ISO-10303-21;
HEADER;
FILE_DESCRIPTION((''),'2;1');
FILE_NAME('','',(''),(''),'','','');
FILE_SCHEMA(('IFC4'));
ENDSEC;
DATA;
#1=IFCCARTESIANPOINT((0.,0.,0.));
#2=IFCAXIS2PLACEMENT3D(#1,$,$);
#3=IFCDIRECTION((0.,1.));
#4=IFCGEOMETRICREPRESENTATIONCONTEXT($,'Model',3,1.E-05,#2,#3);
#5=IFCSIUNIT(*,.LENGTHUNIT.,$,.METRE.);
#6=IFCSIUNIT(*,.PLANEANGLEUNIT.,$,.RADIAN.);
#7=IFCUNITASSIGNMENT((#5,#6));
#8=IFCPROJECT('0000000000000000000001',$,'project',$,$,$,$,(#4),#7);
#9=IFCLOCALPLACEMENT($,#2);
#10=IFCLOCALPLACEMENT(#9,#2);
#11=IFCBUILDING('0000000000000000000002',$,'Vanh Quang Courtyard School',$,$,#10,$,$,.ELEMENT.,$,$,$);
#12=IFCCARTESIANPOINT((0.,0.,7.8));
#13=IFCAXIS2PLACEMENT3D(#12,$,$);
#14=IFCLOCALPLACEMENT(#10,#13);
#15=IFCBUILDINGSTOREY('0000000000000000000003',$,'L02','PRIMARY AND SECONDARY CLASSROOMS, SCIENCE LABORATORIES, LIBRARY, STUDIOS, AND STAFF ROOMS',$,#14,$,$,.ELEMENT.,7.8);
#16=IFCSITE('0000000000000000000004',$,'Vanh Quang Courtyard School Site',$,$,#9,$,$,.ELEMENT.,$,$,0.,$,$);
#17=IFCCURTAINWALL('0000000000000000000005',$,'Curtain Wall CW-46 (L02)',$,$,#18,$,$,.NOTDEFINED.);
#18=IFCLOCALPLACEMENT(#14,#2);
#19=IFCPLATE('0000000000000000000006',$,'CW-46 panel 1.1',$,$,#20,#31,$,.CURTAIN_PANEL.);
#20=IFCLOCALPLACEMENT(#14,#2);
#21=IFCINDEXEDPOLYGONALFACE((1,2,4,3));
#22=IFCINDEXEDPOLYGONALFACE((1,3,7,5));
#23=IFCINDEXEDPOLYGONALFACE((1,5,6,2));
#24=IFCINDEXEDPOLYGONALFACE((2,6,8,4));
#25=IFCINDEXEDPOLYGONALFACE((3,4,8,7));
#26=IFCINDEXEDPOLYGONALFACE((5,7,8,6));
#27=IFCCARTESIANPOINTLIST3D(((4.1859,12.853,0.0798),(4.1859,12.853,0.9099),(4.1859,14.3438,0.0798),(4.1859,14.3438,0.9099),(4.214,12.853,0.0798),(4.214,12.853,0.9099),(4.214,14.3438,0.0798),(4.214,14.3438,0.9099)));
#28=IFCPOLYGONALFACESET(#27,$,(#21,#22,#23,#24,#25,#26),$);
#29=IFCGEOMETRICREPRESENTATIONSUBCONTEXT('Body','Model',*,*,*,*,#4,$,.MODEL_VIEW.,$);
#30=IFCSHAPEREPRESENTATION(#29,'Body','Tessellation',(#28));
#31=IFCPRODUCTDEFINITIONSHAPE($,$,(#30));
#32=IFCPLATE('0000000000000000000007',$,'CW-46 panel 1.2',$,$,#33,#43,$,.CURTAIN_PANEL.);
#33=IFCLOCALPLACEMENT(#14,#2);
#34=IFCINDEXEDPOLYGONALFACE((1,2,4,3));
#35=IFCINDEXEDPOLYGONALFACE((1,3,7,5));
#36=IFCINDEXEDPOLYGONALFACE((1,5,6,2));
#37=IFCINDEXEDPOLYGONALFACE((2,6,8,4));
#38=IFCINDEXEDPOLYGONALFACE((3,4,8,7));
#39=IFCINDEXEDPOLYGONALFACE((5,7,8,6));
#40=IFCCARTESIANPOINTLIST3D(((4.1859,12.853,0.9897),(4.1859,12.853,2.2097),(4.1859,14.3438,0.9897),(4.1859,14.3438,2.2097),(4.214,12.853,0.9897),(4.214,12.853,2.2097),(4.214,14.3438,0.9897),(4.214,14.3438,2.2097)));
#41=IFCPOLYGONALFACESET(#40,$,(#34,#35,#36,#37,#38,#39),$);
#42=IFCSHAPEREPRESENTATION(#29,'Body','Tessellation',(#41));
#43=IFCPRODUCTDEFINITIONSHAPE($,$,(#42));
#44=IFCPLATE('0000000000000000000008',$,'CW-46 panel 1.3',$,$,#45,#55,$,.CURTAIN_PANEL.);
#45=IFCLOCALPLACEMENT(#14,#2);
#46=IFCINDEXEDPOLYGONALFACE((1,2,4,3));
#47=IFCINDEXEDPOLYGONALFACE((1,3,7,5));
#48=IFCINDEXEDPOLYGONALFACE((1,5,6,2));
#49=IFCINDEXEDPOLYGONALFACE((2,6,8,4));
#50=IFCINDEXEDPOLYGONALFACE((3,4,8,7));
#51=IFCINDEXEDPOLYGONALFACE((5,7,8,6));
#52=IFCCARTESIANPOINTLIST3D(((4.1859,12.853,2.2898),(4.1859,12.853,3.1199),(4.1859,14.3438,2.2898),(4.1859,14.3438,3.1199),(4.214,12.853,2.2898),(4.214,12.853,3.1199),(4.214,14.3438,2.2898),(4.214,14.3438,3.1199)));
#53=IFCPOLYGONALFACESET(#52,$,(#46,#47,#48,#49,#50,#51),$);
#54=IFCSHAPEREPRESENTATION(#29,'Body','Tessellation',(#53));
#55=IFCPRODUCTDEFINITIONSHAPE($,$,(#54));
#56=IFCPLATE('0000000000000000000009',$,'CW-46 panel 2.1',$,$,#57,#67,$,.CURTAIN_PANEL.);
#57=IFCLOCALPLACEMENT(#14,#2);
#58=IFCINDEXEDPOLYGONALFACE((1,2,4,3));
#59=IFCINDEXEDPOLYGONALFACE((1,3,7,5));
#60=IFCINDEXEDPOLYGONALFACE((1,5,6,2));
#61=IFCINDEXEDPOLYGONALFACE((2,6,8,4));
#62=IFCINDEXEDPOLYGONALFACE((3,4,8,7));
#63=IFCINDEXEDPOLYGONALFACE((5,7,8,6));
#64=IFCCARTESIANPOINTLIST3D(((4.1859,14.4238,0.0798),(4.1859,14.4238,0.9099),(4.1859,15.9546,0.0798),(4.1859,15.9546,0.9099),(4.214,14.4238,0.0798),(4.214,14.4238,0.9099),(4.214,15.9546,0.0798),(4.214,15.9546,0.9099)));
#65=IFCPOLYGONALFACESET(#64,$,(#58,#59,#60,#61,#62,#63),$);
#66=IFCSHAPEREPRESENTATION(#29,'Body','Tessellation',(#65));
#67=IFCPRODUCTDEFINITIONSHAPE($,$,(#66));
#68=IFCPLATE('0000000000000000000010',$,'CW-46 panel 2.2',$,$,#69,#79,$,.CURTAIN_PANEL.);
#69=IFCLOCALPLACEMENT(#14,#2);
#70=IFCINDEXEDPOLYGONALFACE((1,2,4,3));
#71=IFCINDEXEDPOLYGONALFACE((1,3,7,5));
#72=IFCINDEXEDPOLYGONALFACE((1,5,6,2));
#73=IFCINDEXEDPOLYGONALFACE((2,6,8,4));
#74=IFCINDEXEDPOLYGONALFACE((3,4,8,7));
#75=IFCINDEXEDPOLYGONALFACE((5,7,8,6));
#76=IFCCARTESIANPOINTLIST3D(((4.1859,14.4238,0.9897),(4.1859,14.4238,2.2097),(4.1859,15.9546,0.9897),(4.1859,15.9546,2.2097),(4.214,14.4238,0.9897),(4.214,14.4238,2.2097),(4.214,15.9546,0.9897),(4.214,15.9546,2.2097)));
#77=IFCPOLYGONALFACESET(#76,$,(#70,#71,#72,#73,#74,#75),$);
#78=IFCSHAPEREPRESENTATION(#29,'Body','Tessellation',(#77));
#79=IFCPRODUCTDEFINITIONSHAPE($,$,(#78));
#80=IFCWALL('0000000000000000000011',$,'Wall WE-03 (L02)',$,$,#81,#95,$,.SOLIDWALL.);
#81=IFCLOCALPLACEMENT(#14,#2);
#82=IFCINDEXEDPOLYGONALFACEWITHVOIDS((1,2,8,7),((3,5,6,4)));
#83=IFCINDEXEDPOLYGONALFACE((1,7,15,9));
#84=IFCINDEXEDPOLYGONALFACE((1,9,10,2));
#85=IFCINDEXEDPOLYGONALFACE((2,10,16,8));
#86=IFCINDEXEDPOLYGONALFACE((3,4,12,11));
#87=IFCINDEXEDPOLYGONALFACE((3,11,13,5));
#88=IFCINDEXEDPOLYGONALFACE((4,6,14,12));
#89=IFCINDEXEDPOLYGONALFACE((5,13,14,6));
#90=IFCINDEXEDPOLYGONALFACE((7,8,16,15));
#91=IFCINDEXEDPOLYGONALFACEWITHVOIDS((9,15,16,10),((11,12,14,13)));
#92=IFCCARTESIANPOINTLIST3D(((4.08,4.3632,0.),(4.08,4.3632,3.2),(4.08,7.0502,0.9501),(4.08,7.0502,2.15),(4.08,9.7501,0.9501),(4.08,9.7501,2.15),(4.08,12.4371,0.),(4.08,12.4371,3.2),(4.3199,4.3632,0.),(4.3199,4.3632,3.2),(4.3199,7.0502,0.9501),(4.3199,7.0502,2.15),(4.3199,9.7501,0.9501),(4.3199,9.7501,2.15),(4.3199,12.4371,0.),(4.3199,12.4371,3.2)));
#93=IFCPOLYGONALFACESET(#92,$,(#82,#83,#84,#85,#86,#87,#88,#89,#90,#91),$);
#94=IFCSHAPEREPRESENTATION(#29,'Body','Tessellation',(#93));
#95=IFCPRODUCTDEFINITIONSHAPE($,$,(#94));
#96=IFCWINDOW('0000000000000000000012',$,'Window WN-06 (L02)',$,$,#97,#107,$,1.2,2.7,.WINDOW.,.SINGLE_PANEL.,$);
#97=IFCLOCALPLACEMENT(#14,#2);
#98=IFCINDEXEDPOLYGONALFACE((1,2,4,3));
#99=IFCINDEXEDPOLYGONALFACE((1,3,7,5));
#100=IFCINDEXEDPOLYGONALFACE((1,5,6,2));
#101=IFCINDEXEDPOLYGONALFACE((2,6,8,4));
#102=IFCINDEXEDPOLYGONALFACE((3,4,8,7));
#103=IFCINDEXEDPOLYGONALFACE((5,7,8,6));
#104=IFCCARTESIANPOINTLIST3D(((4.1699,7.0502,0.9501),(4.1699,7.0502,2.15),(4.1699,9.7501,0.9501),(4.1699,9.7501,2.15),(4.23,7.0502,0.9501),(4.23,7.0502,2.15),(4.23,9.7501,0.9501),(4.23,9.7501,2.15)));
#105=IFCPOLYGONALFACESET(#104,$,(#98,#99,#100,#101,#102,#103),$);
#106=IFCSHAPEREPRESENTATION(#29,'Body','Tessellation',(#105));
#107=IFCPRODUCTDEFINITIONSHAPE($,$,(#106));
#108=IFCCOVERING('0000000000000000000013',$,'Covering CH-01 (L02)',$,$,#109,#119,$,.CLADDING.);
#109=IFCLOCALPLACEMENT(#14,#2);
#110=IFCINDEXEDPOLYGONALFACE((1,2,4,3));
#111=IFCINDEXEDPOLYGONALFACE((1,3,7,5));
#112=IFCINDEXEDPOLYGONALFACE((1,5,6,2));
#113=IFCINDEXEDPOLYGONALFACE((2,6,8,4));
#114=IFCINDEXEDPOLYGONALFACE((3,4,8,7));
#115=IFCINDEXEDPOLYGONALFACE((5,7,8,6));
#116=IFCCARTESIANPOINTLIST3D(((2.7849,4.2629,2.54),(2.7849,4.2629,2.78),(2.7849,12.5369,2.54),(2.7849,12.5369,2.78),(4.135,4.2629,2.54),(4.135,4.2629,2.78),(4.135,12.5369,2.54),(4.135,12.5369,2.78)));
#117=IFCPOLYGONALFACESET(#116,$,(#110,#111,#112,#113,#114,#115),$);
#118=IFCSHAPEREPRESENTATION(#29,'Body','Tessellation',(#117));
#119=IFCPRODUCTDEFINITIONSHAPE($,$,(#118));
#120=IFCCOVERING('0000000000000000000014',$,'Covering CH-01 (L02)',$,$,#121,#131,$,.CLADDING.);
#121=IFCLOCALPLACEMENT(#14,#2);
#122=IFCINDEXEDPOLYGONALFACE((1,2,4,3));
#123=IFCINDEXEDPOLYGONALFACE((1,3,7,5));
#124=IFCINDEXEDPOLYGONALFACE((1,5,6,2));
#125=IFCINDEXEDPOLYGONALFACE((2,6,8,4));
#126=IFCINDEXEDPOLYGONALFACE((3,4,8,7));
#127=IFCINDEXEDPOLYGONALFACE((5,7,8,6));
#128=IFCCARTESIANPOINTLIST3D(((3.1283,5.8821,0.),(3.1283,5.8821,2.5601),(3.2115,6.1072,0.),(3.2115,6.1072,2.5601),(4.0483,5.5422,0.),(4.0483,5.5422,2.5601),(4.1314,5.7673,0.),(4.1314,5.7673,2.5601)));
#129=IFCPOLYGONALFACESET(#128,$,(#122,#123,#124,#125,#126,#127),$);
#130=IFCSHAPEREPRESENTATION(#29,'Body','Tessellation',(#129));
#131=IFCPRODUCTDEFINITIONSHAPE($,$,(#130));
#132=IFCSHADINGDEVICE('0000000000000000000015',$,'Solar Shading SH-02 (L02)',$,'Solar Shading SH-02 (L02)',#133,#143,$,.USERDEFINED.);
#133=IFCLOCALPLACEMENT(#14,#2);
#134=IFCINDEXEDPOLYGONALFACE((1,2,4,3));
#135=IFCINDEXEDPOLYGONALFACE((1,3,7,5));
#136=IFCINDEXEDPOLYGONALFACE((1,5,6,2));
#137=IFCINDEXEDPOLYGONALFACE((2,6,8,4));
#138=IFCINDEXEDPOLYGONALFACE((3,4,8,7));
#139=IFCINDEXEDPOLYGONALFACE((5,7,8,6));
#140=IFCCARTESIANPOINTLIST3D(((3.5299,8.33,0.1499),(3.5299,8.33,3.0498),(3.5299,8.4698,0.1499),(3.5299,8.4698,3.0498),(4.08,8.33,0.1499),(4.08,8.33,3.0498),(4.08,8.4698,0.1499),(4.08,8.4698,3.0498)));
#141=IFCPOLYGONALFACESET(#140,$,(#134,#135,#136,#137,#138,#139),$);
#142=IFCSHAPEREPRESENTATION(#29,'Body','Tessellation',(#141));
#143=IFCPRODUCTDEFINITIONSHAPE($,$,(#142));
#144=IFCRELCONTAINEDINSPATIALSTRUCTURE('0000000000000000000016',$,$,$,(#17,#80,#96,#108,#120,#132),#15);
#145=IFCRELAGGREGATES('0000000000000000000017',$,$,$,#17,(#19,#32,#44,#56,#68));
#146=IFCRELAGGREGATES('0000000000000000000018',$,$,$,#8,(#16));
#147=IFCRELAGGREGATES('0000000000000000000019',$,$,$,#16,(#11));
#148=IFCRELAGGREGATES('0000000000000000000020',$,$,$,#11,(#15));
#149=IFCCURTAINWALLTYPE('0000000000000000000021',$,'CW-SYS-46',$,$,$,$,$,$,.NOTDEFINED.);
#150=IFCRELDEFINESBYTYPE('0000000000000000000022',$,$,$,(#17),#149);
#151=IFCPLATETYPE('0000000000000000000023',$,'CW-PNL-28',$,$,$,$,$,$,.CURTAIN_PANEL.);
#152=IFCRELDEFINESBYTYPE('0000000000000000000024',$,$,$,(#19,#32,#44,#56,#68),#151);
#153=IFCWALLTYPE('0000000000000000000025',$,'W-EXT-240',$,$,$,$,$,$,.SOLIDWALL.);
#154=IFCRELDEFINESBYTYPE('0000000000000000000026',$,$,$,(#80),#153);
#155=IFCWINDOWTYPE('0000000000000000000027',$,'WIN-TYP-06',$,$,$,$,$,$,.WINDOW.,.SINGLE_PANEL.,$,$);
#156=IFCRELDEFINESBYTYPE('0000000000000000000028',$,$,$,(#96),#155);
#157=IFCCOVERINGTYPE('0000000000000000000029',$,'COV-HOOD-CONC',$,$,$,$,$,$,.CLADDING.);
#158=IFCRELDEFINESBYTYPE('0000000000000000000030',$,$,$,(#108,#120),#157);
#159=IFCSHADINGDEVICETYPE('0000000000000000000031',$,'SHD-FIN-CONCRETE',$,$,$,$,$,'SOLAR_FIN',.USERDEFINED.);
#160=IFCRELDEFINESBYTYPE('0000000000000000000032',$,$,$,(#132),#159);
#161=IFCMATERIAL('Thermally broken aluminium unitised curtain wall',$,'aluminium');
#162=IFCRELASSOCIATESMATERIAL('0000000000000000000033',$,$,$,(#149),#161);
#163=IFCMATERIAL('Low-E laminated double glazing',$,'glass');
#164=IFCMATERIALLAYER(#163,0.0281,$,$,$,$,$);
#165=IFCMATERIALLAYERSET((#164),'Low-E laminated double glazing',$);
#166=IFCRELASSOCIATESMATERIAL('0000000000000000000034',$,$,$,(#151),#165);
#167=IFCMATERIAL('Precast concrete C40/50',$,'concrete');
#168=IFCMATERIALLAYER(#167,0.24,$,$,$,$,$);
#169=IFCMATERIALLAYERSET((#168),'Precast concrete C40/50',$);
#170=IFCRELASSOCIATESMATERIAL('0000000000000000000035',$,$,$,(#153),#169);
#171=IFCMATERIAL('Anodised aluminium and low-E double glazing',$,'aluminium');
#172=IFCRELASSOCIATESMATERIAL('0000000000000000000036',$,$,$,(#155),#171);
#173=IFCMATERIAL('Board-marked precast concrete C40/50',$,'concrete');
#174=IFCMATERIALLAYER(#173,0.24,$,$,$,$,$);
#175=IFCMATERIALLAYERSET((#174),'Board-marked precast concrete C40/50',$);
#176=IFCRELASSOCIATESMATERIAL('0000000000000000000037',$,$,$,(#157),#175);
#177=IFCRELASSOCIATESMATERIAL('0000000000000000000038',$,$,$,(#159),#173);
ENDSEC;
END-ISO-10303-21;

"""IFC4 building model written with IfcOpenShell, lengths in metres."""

from ifc_helpers import new_model, si_unit, direction, frame, frame_2d, origin, origin_2d, place, context, subcontext, project, spatial, rectangle, extrude, material, layer, layer_set, type_object, element, fill, aggregate, save


model = new_model("IFC4")

# Units and contexts
model_context = context("Model", 3, precision=1e-05, world=origin(), true_north=direction((0.0, 1.0)))
body_context = subcontext(model_context, "Body", "Model", "MODEL_VIEW")
ifc_project = project(units=[si_unit("LENGTHUNIT", "METRE"), si_unit("PLANEANGLEUNIT", "RADIAN")], contexts=[model_context])

# Site, building, storey
site_placement = place(None, origin())
site = spatial("IfcSite", under=ifc_project, at=site_placement, Name="Vanh Quang Courtyard School Site", CompositionType="ELEMENT", RefElevation=0.0)
building_placement = place(site_placement, origin())
building = spatial("IfcBuilding", under=site, at=building_placement, Name="Vanh Quang Courtyard School", CompositionType="ELEMENT")
storey_placement = place(building_placement, frame((0.0, 0.0, 7.8)))
storey = spatial("IfcBuildingStorey", under=building, at=storey_placement, Name="L02", Description="PRIMARY AND SECONDARY CLASSROOMS, SCIENCE LABORATORIES, LIBRARY, STUDIOS, AND STAFF ROOMS", CompositionType="ELEMENT", Elevation=7.8)

# Curtain wall, plates
ifc_material_1 = material(Name="Thermally broken aluminium unitised curtain wall", Category="aluminium")
curtain_wall_type = type_object("IfcCurtainWallType", Name="CW-SYS-46", PredefinedType="NOTDEFINED", material=ifc_material_1)
curtain_wall_placement = place(storey_placement, origin())
curtain_wall = element("IfcCurtainWall", 1, at=curtain_wall_placement, inside=storey, type_object=curtain_wall_type, Name="Curtain Wall CW-46 (L02)", PredefinedType="NOTDEFINED")
ifc_material_2 = material(Name="Low-E laminated double glazing", Category="glass")
ifc_layer_1 = layer(ifc_material_2, 0.0281)
ifc_layer_set_1 = layer_set([ifc_layer_1], Name="Low-E laminated double glazing")
plate_type = type_object("IfcPlateType", Name="CW-PNL-28", PredefinedType="CURTAIN_PANEL", material=ifc_layer_set_1)
plate_1_placement = place(storey_placement, frame((4.2, 13.5984, 0.0798), z_axis=(0.0, 0.0, 1.0), x_axis=(0.0, 1.0, 0.0)))
plate_1 = element("IfcPlate", 2, at=plate_1_placement, type_object=plate_type, Name="CW-46 panel 1.1", PredefinedType="CURTAIN_PANEL", context=body_context, shape_type="SweptSolid", body=[
    extrude(rectangle(XDim=1.4907, YDim=0.0281, at=origin_2d()), origin(), (0.0, 0.0, 1.0), 0.8301),
])
plate_2_placement = place(storey_placement, frame((4.2, 13.5984, 0.9897), z_axis=(0.0, 0.0, 1.0), x_axis=(0.0, 1.0, 0.0)))
plate_2 = element("IfcPlate", 3, at=plate_2_placement, type_object=plate_type, Name="CW-46 panel 1.2", PredefinedType="CURTAIN_PANEL", context=body_context, shape_type="SweptSolid", body=[
    extrude(rectangle(XDim=1.4907, YDim=0.0281, at=origin_2d()), origin(), (0.0, 0.0, 1.0), 1.22),
])
plate_3_placement = place(storey_placement, frame((4.2, 13.5984, 2.2898), z_axis=(0.0, 0.0, 1.0), x_axis=(0.0, 1.0, 0.0)))
plate_3 = element("IfcPlate", 4, at=plate_3_placement, type_object=plate_type, Name="CW-46 panel 1.3", PredefinedType="CURTAIN_PANEL", context=body_context, shape_type="SweptSolid", body=[
    extrude(rectangle(XDim=1.4907, YDim=0.0281, at=origin_2d()), origin(), (0.0, 0.0, 1.0), 0.8301),
])
plate_4_placement = place(storey_placement, frame((4.2, 15.1892, 0.0798), z_axis=(0.0, 0.0, 1.0), x_axis=(0.0, 1.0, 0.0)))
plate_4 = element("IfcPlate", 5, at=plate_4_placement, type_object=plate_type, Name="CW-46 panel 2.1", PredefinedType="CURTAIN_PANEL", context=body_context, shape_type="SweptSolid", body=[
    extrude(rectangle(XDim=1.5308, YDim=0.0281, at=origin_2d()), origin(), (0.0, 0.0, 1.0), 0.8301),
])
plate_5_placement = place(storey_placement, frame((4.2, 15.1892, 0.9897), z_axis=(0.0, 0.0, 1.0), x_axis=(0.0, 1.0, 0.0)))
plate_5 = element("IfcPlate", 6, at=plate_5_placement, type_object=plate_type, Name="CW-46 panel 2.2", PredefinedType="CURTAIN_PANEL", context=body_context, shape_type="SweptSolid", body=[
    extrude(rectangle(XDim=1.5308, YDim=0.0281, at=origin_2d()), origin(), (0.0, 0.0, 1.0), 1.22),
])
aggregate(curtain_wall, [plate_1, plate_2, plate_3, plate_4, plate_5])

# Wall, opening, window
ifc_material_3 = material(Name="Precast concrete C40/50", Category="concrete")
ifc_layer_2 = layer(ifc_material_3, 0.24)
ifc_layer_set_2 = layer_set([ifc_layer_2], Name="Precast concrete C40/50")
wall_type = type_object("IfcWallType", Name="W-EXT-240", PredefinedType="SOLIDWALL", material=ifc_layer_set_2)
wall_placement = place(storey_placement, frame((4.2, 4.363, 0.0), z_axis=(0.0, 0.0, 1.0), x_axis=(0.0, 1.0, 0.0)))
wall = element("IfcWall", 7, at=wall_placement, inside=storey, type_object=wall_type, Name="Wall WE-03 (L02)", PredefinedType="SOLIDWALL", context=body_context, shape_type="SweptSolid", body=[
    extrude(rectangle(XDim=8.074, YDim=0.24, at=frame_2d((4.0371, 0.0))), origin(), (0.0, 0.0, 1.0), 3.2),
])
opening_placement = place(wall_placement, frame((2.687, 0.0, 0.95)))
opening = element("IfcOpeningElement", 8, at=opening_placement, cuts=wall, PredefinedType="OPENING", context=body_context, shape_type="SweptSolid", body=[
    extrude(rectangle(XDim=2.7, YDim=1.2, at=frame_2d((1.3501, 0.6001))), frame((0.0, 0.1299, 0.0), z_axis=(0.0, -1.0, 0.0), x_axis=(1.0, 0.0, 0.0)), (0.0, 0.0, 1.0), 0.26),
])
ifc_material_4 = material(Name="Anodised aluminium and low-E double glazing", Category="aluminium")
window_type = type_object("IfcWindowType", Name="WIN-TYP-06", PartitioningType="SINGLE_PANEL", PredefinedType="WINDOW", material=ifc_material_4)
window_placement = place(opening_placement, origin())
window = element("IfcWindow", 9, at=window_placement, inside=storey, type_object=window_type, Name="Window WN-06 (L02)", OverallHeight=1.2, OverallWidth=2.7, PartitioningType="SINGLE_PANEL", PredefinedType="WINDOW", context=body_context, shape_type="SweptSolid", body=[
    extrude(rectangle(XDim=2.7, YDim=1.2, at=frame_2d((1.3501, 0.6001))), frame((0.0, 0.03, 0.0), z_axis=(0.0, -1.0, 0.0), x_axis=(1.0, 0.0, 0.0)), (0.0, 0.0, 1.0), 0.0601),
])
fill(opening, window)

# Coverings
ifc_material_5 = material(Name="Board-marked precast concrete C40/50", Category="concrete")
ifc_layer_3 = layer(ifc_material_5, 0.24)
ifc_layer_set_3 = layer_set([ifc_layer_3], Name="Board-marked precast concrete C40/50")
covering_type = type_object("IfcCoveringType", Name="COV-HOOD-CONC", PredefinedType="CLADDING", material=ifc_layer_set_3)
covering_1_placement = place(storey_placement, frame((3.46, 8.3999, 2.54), z_axis=(0.0, 0.0, 1.0), x_axis=(0.0, 1.0, 0.0)))
element("IfcCovering", 10, at=covering_1_placement, inside=storey, type_object=covering_type, Name="Covering CH-01 (L02)", PredefinedType="CLADDING", context=body_context, shape_type="SweptSolid", body=[
    extrude(rectangle(XDim=8.2739, YDim=1.3501, at=origin_2d()), origin(), (0.0, 0.0, 1.0), 0.24),
])
covering_2_placement = place(storey_placement, frame((3.6299, 5.8247, 0.0), z_axis=(0.0, 0.0, 1.0), x_axis=(-0.93801, 0.346608, 0.0)))
element("IfcCovering", 11, at=covering_2_placement, inside=storey, type_object=covering_type, Name="Covering CH-01 (L02)", PredefinedType="CLADDING", context=body_context, shape_type="SweptSolid", body=[
    extrude(rectangle(XDim=0.9807, YDim=0.24, at=origin_2d()), origin(), (0.0, 0.0, 1.0), 2.5601),
])

# Shading device
shading_device_type = type_object("IfcShadingDeviceType", Name="SHD-FIN-CONCRETE", ElementType="SOLAR_FIN", PredefinedType="USERDEFINED", material=ifc_material_5)
shading_device_placement = place(storey_placement, frame((3.8049, 8.3999, 0.1499), z_axis=(0.0, 0.0, 1.0), x_axis=(0.0, 1.0, 0.0)))
element("IfcShadingDevice", 12, at=shading_device_placement, inside=storey, type_object=shading_device_type, Name="Solar Shading SH-02 (L02)", ObjectType="Solar Shading SH-02 (L02)", PredefinedType="USERDEFINED", context=body_context, shape_type="SweptSolid", body=[
    extrude(rectangle(XDim=0.1399, YDim=0.55, at=origin_2d()), origin(), (0.0, 0.0, 1.0), 2.8999),
])

save(model, "model.ifc")
